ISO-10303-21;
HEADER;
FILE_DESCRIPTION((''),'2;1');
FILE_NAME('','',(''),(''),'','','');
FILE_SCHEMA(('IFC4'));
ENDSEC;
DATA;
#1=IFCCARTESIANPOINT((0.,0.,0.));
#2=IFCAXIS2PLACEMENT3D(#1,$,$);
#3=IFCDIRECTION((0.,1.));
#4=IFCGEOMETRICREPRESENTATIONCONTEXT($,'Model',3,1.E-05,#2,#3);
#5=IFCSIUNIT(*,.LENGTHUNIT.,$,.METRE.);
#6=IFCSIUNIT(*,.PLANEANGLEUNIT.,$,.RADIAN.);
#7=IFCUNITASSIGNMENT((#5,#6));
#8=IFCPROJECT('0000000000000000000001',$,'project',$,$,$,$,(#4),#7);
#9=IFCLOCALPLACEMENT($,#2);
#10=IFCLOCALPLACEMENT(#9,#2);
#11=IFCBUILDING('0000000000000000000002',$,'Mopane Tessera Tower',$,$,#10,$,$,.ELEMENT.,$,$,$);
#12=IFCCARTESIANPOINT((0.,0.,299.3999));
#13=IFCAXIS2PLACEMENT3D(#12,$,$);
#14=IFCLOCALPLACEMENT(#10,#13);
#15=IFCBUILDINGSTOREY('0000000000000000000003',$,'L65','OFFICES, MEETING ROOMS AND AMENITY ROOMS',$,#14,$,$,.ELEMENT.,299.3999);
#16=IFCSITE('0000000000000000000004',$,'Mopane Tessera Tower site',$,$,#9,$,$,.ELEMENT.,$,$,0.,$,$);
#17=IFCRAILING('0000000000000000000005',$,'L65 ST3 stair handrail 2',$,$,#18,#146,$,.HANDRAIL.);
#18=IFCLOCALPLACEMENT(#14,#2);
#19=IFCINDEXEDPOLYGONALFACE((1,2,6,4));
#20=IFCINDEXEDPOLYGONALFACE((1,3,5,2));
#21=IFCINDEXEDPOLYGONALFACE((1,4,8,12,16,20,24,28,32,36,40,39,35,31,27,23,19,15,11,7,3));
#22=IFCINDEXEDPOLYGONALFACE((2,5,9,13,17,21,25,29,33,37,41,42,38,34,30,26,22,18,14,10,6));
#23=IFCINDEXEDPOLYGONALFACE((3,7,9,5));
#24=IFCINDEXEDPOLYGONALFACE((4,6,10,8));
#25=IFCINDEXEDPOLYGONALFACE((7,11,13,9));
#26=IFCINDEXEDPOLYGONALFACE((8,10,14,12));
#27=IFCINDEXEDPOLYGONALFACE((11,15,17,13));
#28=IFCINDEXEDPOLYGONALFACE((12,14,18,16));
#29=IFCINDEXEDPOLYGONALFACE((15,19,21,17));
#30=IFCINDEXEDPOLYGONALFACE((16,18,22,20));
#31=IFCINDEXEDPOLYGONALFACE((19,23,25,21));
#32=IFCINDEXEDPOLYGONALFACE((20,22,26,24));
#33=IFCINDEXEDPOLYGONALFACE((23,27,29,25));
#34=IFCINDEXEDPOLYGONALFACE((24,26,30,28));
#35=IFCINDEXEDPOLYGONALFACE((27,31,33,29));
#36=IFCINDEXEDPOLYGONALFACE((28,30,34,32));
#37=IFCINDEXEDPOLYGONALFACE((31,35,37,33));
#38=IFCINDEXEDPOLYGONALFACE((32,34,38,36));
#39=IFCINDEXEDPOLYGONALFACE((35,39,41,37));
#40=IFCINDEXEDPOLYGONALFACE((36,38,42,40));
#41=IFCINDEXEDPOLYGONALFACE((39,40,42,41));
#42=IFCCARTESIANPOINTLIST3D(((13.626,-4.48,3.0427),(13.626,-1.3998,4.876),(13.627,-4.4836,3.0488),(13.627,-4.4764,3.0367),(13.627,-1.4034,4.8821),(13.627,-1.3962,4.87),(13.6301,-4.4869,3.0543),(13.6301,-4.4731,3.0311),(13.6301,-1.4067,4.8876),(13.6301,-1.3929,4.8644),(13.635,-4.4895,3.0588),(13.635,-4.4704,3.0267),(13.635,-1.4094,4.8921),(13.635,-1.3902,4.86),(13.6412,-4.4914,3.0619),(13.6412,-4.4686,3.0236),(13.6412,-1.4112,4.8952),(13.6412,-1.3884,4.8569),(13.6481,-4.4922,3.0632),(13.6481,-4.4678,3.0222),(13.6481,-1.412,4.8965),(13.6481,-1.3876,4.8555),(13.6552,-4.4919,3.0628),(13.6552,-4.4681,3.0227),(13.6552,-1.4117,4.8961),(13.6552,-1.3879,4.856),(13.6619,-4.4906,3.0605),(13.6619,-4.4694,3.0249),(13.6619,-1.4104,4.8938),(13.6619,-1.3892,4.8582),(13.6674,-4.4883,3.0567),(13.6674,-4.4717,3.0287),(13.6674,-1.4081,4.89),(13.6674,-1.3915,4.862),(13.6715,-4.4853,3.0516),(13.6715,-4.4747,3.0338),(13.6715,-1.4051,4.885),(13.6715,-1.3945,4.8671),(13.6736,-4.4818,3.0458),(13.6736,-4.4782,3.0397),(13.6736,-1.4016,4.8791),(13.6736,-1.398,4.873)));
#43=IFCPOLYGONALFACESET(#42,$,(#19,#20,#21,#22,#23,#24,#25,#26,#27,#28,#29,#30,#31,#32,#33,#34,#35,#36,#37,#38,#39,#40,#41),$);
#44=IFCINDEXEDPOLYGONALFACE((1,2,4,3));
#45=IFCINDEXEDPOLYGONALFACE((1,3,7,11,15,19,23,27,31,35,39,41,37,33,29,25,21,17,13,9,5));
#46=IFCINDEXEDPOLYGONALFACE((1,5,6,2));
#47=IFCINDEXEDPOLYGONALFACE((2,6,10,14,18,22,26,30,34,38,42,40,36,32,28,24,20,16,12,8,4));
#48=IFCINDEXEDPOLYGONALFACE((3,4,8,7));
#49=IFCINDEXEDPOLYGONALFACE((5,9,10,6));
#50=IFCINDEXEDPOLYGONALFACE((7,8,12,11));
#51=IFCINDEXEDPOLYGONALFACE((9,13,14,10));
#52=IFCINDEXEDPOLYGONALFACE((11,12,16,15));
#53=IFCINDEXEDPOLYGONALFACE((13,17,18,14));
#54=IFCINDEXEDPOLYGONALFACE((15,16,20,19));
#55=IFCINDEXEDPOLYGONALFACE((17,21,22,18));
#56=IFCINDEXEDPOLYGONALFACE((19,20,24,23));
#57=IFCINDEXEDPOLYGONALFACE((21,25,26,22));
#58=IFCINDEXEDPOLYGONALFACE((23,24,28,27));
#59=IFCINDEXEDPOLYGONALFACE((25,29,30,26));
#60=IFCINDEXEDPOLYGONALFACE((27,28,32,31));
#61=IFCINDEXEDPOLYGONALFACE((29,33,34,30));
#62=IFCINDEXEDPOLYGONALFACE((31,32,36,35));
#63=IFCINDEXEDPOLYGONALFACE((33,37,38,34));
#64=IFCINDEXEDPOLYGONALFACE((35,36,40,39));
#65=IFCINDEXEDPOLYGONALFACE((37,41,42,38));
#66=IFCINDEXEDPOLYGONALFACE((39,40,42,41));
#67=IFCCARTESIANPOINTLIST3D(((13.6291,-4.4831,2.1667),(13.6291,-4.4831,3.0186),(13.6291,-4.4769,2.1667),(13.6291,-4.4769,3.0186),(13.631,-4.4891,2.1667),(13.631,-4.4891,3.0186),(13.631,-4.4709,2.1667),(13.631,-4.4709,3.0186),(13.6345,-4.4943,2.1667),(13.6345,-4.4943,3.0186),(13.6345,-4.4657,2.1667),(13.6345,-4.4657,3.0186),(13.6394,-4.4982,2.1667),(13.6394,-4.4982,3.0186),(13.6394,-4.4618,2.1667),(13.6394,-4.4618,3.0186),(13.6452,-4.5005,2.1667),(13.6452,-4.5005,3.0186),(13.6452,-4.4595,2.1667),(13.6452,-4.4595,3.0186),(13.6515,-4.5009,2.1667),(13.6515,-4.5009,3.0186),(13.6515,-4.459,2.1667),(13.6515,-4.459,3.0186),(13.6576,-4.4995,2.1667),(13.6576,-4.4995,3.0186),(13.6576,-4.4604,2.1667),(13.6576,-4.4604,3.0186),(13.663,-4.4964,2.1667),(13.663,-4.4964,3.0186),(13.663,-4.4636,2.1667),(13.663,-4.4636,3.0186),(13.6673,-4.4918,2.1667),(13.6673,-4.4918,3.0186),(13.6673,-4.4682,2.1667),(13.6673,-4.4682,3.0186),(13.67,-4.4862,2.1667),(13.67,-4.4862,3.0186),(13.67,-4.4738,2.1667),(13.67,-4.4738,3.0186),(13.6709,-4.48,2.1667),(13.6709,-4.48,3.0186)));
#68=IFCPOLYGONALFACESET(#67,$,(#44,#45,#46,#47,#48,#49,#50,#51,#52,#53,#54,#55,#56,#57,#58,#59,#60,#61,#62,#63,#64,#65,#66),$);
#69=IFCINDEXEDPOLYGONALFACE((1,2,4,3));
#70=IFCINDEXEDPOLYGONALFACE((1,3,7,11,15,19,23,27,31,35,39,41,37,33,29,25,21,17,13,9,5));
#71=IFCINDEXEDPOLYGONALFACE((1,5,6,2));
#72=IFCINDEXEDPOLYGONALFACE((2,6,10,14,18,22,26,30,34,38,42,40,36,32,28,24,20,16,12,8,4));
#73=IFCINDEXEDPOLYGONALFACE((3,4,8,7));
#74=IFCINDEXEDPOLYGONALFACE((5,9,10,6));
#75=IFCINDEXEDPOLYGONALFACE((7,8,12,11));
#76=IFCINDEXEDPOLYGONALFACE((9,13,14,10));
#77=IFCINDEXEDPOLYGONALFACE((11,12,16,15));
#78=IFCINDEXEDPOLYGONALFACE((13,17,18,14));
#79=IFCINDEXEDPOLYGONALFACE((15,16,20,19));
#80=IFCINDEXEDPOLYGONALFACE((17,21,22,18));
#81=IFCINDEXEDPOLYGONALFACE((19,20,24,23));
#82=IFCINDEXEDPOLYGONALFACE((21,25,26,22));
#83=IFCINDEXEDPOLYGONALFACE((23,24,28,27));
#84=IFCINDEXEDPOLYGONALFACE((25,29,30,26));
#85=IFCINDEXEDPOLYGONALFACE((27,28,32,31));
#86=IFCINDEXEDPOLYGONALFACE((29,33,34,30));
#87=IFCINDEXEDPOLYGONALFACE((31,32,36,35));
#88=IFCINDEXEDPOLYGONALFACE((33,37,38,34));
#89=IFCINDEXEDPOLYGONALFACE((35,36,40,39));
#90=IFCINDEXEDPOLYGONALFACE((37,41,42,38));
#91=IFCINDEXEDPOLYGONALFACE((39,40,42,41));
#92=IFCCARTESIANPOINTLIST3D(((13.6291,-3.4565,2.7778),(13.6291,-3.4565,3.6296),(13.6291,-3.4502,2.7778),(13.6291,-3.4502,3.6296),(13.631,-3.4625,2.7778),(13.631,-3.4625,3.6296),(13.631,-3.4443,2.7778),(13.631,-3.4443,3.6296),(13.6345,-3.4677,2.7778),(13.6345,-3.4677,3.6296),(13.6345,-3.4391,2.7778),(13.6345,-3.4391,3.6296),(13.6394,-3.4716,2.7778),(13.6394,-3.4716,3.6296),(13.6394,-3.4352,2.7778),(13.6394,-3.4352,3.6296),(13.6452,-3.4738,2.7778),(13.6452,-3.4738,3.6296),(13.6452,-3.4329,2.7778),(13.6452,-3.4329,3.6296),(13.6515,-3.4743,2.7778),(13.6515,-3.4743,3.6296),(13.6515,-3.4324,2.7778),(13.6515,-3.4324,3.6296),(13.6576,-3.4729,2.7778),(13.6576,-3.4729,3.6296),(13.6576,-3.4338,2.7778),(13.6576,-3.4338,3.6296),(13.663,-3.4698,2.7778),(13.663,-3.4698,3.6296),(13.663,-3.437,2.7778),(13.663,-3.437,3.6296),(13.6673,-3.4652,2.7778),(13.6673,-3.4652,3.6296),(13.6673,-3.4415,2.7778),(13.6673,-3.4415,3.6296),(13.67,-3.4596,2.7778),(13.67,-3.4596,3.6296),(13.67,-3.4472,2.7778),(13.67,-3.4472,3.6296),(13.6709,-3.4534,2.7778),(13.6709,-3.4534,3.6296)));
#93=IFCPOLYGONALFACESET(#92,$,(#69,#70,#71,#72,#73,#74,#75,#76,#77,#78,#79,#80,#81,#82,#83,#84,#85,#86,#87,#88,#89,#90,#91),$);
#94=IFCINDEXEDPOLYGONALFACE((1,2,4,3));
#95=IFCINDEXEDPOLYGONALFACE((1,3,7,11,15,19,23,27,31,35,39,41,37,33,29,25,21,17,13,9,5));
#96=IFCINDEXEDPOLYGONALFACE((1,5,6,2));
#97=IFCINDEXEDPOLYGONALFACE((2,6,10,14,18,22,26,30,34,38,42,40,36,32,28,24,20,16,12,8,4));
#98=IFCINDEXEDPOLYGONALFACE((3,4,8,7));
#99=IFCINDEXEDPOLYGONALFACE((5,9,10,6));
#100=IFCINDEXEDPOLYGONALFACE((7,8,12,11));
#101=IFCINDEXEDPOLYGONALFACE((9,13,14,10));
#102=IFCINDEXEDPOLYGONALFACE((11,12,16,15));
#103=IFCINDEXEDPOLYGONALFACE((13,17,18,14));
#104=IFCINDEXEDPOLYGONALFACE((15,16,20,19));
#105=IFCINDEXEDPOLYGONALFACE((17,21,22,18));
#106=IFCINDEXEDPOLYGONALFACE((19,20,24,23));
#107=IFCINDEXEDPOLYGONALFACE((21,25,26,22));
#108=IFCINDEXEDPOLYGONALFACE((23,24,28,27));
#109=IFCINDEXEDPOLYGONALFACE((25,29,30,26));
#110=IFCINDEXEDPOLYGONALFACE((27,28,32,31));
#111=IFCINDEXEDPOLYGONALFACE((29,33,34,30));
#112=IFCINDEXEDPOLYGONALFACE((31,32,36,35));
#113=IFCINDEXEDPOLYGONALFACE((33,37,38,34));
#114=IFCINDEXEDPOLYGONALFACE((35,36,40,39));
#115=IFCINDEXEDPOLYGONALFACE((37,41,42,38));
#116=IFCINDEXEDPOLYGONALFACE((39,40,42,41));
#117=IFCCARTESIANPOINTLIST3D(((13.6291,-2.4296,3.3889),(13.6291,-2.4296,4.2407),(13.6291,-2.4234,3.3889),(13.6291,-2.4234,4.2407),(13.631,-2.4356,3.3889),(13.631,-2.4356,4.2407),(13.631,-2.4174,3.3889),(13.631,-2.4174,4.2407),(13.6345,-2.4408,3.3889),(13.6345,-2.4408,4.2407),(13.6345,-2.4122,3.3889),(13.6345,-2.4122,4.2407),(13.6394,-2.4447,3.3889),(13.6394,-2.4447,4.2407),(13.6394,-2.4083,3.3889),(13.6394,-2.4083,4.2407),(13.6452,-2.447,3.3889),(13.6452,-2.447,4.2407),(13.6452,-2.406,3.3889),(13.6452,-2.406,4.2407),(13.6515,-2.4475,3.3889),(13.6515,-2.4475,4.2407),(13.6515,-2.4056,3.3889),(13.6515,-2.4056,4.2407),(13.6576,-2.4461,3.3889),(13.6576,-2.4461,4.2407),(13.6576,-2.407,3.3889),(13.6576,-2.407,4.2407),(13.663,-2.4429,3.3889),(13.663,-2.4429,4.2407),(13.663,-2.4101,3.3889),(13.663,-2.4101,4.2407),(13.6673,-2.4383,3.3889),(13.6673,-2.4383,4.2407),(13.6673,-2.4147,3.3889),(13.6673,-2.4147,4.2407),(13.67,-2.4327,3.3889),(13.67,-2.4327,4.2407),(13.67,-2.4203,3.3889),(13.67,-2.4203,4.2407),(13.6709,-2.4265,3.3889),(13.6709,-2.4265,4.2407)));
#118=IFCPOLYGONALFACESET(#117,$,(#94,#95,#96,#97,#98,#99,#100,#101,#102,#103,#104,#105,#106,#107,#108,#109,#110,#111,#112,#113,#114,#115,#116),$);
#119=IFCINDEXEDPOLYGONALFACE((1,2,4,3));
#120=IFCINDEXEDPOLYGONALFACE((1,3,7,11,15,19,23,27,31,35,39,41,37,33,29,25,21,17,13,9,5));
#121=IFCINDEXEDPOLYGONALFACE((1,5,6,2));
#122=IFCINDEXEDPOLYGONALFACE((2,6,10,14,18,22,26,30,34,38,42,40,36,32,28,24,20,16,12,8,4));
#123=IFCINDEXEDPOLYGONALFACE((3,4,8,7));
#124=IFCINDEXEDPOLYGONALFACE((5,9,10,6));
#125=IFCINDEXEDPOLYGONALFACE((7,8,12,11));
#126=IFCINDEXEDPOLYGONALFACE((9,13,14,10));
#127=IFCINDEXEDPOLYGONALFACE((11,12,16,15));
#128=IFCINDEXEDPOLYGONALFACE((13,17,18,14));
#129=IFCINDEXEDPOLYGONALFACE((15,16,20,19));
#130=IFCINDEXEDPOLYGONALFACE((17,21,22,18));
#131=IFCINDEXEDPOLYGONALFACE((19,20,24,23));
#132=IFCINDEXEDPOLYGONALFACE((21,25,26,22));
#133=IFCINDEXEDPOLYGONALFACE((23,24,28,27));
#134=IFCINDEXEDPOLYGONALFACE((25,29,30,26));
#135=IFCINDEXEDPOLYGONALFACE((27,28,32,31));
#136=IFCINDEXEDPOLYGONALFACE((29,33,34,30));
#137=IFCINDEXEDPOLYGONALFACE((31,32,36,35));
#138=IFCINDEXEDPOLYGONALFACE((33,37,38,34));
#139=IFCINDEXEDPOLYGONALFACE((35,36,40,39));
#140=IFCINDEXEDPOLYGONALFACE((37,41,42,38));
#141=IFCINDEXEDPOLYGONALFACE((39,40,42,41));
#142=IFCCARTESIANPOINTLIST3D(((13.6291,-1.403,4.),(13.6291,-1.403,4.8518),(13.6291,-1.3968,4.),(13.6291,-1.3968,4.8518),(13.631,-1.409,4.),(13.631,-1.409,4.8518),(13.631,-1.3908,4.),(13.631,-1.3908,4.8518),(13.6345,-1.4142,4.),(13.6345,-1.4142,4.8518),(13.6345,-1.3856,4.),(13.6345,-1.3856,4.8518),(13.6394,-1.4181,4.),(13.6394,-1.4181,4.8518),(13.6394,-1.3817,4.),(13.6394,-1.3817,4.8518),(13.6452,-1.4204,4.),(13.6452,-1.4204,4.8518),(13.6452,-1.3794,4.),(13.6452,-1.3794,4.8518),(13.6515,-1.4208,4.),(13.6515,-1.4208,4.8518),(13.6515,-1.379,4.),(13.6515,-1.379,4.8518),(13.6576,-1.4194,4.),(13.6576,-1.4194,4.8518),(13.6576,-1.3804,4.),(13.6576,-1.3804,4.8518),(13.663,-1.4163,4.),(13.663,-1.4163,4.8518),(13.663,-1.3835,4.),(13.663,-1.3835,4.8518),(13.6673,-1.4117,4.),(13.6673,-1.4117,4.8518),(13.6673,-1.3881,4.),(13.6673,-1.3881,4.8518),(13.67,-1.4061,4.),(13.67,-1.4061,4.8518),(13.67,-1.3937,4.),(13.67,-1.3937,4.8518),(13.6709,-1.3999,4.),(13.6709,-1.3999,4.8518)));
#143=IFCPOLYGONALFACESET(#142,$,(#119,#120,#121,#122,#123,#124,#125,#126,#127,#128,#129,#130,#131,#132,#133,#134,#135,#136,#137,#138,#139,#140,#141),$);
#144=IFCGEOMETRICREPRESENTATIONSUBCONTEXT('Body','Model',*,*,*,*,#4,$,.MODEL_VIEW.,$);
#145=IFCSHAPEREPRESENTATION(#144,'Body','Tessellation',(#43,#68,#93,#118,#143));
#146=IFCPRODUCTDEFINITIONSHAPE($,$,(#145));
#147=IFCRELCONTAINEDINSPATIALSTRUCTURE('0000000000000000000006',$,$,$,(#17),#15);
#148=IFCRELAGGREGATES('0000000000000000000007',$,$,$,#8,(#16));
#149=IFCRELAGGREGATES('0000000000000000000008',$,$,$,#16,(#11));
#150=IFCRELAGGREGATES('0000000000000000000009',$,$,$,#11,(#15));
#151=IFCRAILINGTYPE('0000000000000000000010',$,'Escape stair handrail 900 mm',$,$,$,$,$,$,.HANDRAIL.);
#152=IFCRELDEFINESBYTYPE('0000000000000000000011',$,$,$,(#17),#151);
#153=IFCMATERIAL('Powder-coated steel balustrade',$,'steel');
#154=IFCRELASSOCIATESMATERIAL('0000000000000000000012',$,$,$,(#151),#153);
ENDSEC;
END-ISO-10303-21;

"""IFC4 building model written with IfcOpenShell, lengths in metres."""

from ifc_helpers import new_model, si_unit, direction, frame, origin, origin_2d, place, context, subcontext, project, spatial, circle, extrude, material, type_object, element, save


model = new_model("IFC4")

# Units and contexts
model_context = context("Model", 3, precision=1e-05, world=origin(), true_north=direction((0.0, 1.0)))
body_context = subcontext(model_context, "Body", "Model", "MODEL_VIEW")
ifc_project = project(units=[si_unit("LENGTHUNIT", "METRE"), si_unit("PLANEANGLEUNIT", "RADIAN")], contexts=[model_context])

# Site, building, storey
site_placement = place(None, origin())
site = spatial("IfcSite", under=ifc_project, at=site_placement, Name="Mopane Tessera Tower site", CompositionType="ELEMENT", RefElevation=0.0)
building_placement = place(site_placement, origin())
building = spatial("IfcBuilding", under=site, at=building_placement, Name="Mopane Tessera Tower", CompositionType="ELEMENT")
storey_placement = place(building_placement, frame((0.0, 0.0, 299.3999)))
storey = spatial("IfcBuildingStorey", under=building, at=storey_placement, Name="L65", Description="OFFICES, MEETING ROOMS AND AMENITY ROOMS", CompositionType="ELEMENT", Elevation=299.3999)

# Railing
ifc_material_1 = material(Name="Powder-coated steel balustrade", Category="steel")
railing_type_1 = type_object("IfcRailingType", Name="Escape stair handrail 900 mm", PredefinedType="HANDRAIL", material=ifc_material_1)
railing_1_placement = place(storey_placement, frame((13.6499, -4.48, 2.1667)))
element("IfcRailing", 1, at=railing_1_placement, inside=storey, type_object=railing_type_1, Name="L65 ST3 stair handrail 2", PredefinedType="HANDRAIL", context=body_context, shape_type="SweptSolid", body=[
    extrude(circle(Radius=0.0239, at=origin_2d()), frame((0.0, 0.0, 0.876), z_axis=(0.0, 0.859309, 0.511458), x_axis=(-1.0, 0.0, 0.0)), (0.0, 0.0, 1.0), 3.5845),
    extrude(circle(Radius=0.021, at=origin_2d()), origin(), (0.0, 0.0, 1.0), 0.8518),
    extrude(circle(Radius=0.021, at=origin_2d()), frame((0.0, 1.0266, 0.6111)), (0.0, 0.0, 1.0), 0.8518),
    extrude(circle(Radius=0.021, at=origin_2d()), frame((0.0, 2.0535, 1.2222)), (0.0, 0.0, 1.0), 0.8518),
    extrude(circle(Radius=0.021, at=origin_2d()), frame((0.0, 3.0801, 1.8333)), (0.0, 0.0, 1.0), 0.8518),
])

save(model, "model.ifc")
